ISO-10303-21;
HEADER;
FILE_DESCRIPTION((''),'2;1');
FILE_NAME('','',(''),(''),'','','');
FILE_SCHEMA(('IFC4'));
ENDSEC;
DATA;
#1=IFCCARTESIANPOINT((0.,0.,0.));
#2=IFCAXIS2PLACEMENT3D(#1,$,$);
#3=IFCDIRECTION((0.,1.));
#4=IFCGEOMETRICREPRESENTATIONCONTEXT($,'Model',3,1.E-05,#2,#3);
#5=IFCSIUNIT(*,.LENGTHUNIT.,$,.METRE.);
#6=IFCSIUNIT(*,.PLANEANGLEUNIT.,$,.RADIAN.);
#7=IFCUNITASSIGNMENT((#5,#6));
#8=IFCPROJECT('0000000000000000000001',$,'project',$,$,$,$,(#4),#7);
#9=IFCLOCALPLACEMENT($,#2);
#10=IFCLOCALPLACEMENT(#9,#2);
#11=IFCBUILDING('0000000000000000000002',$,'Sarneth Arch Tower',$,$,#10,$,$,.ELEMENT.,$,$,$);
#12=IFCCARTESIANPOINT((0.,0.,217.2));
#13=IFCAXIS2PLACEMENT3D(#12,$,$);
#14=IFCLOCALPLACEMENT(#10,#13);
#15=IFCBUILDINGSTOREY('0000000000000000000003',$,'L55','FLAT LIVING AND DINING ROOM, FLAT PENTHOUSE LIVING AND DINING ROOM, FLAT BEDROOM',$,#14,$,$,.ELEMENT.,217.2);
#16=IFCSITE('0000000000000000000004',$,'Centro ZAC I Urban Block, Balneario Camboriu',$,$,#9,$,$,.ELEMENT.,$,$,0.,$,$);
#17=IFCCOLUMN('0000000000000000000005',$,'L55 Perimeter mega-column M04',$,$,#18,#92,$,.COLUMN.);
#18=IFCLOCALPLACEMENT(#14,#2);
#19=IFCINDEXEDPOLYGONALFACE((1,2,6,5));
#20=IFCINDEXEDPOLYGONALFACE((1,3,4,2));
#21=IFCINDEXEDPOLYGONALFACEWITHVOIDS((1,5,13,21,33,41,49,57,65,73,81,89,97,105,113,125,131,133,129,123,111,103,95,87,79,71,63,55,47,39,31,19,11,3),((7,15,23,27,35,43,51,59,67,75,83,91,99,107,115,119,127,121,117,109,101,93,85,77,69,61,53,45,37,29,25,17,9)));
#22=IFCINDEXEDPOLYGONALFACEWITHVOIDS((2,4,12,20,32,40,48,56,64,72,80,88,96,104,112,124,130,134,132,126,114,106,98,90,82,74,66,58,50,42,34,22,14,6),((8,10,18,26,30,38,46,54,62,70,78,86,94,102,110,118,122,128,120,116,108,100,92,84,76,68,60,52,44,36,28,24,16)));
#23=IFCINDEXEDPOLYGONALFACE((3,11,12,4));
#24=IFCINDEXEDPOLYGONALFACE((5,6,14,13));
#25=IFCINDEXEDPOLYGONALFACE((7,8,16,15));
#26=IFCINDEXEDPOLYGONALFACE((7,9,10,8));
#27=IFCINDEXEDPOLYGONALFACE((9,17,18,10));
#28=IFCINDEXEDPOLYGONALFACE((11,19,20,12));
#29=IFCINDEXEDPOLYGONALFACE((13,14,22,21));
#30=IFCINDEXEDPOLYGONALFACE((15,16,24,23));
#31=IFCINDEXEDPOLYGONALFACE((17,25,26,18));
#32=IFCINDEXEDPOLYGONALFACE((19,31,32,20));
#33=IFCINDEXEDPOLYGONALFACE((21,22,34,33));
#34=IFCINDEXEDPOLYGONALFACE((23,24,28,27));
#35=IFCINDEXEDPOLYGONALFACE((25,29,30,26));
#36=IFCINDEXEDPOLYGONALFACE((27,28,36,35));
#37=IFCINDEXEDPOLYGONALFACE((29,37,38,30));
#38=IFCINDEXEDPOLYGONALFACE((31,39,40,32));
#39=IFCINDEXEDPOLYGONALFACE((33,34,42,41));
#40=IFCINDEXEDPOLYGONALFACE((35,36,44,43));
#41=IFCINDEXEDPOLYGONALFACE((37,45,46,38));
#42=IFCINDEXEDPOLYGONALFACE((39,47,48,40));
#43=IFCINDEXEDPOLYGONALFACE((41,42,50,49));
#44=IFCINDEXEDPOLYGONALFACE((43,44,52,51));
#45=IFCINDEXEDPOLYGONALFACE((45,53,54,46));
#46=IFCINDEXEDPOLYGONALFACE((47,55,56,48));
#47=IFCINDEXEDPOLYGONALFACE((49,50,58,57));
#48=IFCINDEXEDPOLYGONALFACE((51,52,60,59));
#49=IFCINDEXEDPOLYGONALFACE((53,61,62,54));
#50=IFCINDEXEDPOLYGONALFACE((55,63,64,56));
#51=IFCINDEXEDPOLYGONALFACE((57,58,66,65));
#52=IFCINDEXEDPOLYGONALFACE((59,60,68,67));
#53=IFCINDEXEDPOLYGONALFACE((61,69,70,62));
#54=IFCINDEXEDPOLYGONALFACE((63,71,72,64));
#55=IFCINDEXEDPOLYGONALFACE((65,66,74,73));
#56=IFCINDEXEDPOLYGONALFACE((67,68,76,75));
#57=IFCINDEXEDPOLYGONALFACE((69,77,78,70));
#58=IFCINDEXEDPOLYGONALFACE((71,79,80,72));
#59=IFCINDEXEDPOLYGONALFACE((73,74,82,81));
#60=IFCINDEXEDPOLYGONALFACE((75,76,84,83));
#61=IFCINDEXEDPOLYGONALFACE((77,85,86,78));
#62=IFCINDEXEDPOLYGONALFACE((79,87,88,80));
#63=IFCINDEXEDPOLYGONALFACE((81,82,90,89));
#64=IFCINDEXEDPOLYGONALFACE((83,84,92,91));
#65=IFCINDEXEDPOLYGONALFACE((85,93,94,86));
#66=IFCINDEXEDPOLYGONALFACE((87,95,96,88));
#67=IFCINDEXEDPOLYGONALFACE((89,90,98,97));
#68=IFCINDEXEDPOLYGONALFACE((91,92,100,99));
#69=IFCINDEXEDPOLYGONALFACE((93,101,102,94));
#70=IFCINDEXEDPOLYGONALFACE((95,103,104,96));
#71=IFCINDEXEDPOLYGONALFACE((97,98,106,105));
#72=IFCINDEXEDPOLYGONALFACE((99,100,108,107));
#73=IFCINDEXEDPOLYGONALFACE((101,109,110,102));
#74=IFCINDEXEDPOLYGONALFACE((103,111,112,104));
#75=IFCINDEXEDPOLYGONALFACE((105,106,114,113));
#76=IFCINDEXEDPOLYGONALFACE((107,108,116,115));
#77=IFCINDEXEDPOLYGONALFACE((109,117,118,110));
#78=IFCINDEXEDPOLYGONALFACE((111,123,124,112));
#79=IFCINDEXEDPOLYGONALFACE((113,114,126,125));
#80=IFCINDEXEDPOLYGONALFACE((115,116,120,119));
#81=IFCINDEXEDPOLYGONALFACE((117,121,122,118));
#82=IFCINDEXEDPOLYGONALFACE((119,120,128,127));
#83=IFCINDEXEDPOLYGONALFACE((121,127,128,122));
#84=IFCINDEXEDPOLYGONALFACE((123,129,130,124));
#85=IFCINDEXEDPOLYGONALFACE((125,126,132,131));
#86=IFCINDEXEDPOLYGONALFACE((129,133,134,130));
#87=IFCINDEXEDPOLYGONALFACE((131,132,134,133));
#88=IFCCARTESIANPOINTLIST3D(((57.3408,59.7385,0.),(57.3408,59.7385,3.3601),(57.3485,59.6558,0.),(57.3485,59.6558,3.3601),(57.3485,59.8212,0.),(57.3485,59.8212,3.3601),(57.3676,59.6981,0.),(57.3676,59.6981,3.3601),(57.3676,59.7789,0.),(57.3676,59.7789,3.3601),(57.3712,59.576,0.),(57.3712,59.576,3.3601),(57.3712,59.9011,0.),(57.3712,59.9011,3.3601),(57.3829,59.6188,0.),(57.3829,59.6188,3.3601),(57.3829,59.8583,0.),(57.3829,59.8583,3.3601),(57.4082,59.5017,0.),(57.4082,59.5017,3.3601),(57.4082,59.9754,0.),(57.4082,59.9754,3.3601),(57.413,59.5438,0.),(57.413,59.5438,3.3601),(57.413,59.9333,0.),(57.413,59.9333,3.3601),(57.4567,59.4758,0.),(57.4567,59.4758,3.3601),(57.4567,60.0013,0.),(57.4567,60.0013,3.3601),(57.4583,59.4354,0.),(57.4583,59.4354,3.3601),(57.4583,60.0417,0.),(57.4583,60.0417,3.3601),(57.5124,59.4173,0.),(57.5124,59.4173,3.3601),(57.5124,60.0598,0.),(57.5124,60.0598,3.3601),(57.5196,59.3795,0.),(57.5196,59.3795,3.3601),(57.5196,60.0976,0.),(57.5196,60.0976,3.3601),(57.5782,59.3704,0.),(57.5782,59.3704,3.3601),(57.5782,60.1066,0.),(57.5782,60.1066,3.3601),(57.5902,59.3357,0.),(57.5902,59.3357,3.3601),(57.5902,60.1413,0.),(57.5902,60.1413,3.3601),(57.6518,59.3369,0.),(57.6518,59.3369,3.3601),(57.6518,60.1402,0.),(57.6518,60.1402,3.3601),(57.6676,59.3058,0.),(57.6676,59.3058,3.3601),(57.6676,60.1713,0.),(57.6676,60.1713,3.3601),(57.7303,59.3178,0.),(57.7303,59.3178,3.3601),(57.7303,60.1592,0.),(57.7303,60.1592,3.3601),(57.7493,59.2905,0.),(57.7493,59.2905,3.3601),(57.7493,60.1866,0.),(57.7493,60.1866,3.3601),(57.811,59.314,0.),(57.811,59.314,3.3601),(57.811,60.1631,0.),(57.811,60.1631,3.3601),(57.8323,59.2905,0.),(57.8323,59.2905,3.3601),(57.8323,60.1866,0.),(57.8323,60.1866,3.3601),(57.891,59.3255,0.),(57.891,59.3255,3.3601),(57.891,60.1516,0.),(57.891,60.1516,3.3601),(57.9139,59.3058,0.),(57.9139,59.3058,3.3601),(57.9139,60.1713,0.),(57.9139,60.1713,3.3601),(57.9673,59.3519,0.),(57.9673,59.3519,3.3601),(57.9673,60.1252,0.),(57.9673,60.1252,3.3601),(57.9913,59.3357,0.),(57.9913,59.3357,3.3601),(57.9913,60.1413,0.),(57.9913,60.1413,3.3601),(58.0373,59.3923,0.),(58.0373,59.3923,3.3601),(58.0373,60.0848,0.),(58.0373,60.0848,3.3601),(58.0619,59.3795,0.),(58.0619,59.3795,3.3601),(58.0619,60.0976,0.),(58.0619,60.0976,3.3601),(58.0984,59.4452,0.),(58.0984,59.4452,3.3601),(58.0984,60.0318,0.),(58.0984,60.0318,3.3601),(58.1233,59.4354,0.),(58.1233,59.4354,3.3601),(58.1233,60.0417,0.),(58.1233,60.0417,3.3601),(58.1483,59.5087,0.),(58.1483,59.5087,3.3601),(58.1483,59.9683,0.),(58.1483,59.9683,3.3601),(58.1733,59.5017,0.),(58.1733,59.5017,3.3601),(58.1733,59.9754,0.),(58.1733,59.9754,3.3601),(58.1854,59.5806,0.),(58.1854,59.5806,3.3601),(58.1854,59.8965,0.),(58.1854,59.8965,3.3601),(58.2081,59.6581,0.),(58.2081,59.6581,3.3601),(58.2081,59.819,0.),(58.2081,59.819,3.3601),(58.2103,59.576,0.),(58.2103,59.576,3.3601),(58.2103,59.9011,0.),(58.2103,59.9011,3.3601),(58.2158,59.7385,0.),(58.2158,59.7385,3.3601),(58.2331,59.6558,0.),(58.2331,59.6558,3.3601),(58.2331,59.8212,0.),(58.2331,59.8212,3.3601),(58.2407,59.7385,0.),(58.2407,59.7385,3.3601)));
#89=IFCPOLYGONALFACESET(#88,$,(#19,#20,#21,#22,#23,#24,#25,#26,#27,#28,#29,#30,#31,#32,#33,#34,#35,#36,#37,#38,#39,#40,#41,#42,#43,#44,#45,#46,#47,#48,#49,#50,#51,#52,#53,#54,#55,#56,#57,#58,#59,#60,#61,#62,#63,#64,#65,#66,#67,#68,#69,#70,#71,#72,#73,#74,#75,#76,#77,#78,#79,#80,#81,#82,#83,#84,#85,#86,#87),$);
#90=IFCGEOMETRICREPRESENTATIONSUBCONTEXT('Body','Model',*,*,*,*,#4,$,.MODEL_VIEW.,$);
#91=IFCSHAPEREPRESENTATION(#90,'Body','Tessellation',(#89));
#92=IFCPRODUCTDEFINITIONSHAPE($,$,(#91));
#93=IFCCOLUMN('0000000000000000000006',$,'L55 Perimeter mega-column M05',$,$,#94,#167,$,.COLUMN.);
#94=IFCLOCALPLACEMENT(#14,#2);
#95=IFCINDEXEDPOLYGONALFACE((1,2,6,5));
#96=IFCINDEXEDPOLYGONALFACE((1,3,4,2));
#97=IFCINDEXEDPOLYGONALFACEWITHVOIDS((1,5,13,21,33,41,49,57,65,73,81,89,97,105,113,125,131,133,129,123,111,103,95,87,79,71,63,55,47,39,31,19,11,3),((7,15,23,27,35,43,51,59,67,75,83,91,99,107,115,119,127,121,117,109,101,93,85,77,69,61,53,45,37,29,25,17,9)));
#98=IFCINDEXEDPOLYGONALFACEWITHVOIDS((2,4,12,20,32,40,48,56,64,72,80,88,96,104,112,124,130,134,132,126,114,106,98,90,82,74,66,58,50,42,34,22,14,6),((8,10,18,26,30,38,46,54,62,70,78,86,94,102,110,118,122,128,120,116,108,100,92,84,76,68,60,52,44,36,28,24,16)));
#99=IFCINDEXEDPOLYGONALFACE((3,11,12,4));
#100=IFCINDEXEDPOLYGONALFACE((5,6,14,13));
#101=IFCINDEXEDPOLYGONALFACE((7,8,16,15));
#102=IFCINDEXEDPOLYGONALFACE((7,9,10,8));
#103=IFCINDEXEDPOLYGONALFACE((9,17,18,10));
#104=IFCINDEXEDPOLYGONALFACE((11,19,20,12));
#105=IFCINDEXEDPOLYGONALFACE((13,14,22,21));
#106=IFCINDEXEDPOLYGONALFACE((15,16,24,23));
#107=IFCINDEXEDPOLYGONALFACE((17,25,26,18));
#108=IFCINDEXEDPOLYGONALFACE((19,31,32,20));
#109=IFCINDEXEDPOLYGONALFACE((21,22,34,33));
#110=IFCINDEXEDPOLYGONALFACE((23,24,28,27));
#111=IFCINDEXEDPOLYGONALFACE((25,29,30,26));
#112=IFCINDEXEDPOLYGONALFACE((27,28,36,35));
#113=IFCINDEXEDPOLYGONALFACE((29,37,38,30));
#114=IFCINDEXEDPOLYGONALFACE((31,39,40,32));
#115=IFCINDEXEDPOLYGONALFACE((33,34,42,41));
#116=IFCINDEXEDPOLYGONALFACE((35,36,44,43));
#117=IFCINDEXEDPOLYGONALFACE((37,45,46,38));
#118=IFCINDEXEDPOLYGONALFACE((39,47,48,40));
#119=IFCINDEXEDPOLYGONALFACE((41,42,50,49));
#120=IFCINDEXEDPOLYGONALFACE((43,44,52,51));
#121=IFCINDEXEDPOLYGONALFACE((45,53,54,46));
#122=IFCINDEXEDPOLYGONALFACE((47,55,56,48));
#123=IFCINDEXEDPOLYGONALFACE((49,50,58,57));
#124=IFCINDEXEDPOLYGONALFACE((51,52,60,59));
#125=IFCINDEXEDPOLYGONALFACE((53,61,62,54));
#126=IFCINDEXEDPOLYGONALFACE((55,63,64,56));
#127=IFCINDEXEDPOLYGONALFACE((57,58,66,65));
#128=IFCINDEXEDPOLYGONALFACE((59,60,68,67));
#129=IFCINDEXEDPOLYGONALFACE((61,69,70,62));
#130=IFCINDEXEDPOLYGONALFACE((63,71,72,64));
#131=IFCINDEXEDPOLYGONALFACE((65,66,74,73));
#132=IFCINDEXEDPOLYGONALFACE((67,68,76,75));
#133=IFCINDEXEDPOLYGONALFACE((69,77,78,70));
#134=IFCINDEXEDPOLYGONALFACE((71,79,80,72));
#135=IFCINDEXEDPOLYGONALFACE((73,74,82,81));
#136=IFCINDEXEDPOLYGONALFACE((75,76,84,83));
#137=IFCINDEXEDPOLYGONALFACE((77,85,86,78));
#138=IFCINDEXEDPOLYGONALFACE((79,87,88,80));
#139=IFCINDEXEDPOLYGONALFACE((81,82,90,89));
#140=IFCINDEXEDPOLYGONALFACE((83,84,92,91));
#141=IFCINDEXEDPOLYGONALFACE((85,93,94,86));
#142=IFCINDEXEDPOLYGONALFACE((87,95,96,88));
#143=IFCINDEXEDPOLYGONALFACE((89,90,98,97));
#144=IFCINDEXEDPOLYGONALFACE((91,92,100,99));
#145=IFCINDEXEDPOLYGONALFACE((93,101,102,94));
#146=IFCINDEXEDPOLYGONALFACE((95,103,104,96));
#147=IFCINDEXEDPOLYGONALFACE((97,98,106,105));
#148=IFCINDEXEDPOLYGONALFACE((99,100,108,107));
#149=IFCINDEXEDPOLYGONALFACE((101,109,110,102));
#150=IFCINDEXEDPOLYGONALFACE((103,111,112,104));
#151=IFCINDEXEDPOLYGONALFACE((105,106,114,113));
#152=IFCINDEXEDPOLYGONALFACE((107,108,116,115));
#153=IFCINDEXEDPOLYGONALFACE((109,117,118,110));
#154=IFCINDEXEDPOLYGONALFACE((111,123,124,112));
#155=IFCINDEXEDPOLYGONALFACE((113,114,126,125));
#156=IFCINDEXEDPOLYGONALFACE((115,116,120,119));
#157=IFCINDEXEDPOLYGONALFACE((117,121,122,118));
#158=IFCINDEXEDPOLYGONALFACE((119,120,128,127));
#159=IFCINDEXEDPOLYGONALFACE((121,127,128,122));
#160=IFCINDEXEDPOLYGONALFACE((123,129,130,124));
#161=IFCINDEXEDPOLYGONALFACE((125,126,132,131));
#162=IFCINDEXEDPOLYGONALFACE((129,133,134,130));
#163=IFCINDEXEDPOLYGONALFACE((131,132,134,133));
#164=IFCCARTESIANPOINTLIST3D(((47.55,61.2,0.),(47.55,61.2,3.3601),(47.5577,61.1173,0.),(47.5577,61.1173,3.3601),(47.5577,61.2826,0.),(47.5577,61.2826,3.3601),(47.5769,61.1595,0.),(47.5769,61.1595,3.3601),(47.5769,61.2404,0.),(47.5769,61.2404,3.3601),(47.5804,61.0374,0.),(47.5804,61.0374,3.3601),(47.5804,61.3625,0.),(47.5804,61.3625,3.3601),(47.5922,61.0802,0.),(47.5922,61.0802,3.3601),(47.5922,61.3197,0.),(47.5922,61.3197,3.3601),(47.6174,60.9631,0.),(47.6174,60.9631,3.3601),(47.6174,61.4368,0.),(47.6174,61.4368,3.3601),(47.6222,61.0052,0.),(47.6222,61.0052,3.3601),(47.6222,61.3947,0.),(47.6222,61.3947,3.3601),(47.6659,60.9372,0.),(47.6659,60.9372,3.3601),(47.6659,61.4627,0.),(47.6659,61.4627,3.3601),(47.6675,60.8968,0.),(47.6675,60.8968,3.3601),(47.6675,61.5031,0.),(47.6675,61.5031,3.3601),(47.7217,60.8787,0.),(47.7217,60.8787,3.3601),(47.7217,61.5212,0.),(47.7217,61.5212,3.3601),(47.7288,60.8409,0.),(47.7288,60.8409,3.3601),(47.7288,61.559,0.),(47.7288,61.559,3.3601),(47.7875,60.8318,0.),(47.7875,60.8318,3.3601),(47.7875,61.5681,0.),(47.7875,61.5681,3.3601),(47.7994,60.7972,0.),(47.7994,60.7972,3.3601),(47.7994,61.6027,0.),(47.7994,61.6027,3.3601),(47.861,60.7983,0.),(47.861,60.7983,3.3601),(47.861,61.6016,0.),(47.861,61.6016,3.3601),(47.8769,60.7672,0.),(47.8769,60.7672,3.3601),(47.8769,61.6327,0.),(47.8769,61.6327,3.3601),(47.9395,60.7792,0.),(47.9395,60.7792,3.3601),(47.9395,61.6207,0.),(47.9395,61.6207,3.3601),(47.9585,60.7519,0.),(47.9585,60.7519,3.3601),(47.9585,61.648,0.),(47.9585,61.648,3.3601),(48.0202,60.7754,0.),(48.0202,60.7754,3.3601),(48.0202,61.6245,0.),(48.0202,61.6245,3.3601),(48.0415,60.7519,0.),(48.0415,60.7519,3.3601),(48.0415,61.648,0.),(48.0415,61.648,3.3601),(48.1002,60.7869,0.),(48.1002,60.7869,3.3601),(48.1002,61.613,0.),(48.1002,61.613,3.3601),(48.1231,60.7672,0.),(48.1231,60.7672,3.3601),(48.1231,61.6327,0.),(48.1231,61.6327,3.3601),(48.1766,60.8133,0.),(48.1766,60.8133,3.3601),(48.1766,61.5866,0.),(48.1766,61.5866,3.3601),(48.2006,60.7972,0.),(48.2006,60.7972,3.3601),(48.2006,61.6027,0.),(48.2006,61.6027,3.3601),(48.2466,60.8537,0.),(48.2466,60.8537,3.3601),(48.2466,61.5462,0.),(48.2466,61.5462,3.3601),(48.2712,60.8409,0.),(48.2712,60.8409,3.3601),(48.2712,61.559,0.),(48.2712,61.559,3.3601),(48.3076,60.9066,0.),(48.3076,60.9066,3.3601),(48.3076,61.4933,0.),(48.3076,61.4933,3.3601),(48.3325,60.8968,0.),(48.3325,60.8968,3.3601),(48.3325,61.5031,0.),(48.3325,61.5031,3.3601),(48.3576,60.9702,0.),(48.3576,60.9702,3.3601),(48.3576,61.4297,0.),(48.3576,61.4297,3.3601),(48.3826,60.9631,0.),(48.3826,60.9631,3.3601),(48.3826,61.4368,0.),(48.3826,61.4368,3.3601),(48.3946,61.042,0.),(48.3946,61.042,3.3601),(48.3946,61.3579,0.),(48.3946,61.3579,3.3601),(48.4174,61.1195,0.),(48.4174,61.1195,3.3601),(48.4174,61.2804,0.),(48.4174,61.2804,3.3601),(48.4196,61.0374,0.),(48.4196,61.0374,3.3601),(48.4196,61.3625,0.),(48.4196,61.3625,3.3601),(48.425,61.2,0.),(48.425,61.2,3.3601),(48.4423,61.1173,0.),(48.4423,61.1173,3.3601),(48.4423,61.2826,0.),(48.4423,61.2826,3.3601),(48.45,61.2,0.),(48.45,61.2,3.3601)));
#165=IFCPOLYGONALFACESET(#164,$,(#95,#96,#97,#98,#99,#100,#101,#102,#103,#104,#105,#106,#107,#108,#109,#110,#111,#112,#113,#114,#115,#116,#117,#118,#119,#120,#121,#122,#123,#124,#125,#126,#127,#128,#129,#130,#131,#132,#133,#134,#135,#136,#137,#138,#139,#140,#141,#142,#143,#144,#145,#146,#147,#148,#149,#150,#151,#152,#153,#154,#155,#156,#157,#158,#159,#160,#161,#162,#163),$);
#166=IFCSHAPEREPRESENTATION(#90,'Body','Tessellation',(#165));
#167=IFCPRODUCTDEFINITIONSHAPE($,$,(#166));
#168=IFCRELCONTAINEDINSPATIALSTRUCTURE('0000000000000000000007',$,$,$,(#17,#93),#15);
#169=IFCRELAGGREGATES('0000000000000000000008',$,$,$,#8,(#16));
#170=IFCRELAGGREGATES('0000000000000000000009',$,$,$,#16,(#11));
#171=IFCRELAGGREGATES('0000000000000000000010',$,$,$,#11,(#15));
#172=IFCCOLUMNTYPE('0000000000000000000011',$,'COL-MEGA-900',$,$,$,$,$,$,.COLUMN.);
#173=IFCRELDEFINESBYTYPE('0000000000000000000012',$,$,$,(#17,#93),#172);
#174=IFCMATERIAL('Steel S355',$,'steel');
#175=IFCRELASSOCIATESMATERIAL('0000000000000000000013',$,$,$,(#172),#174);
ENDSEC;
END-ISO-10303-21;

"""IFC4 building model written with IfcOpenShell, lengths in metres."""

from ifc_helpers import new_model, si_unit, direction, frame, origin, origin_2d, place, context, subcontext, project, spatial, hollow_circle, extrude, material, material_profile, profile_set, type_object, element, save


model = new_model("IFC4")

# Units and contexts
model_context = context("Model", 3, precision=1e-05, world=origin(), true_north=direction((0.0, 1.0)))
body_context = subcontext(model_context, "Body", "Model", "MODEL_VIEW")
ifc_project = project(units=[si_unit("LENGTHUNIT", "METRE"), si_unit("PLANEANGLEUNIT", "RADIAN")], contexts=[model_context])

# Site, building, storey
site_placement = place(None, origin())
site = spatial("IfcSite", under=ifc_project, at=site_placement, Name="Centro ZAC I Urban Block, Balneario Camboriu", CompositionType="ELEMENT", RefElevation=0.0)
building_placement = place(site_placement, origin())
building = spatial("IfcBuilding", under=site, at=building_placement, Name="Sarneth Arch Tower", CompositionType="ELEMENT")
storey_placement = place(building_placement, frame((0.0, 0.0, 217.2)))
storey = spatial("IfcBuildingStorey", under=building, at=storey_placement, Name="L55", Description="FLAT LIVING AND DINING ROOM, FLAT PENTHOUSE LIVING AND DINING ROOM, FLAT BEDROOM", CompositionType="ELEMENT", Elevation=217.2)

# Columns
ifc_material_1 = material(Name="Steel S355", Category="steel")
ifc_material_profile_1 = material_profile(ifc_material_1, hollow_circle(Radius=0.45, WallThickness=0.0249, at=origin_2d()), Name="CHS900x25")
ifc_profile_set_1 = profile_set([ifc_material_profile_1], Name="Steel S355")
column_type = type_object("IfcColumnType", Name="COL-MEGA-900", PredefinedType="COLUMN", material=ifc_profile_set_1)
for number, where, z_axis, x_axis, name in (
    (1, (57.7908, 59.7385, 0.0), (0.0, 0.0, 1.0), (1.0, 0.0, 0.0), "L55 Perimeter mega-column M04"),
    (2, (48.0, 61.2, 0.0), (0.0, 0.0, 1.0), (1.0, 0.0, 0.0), "L55 Perimeter mega-column M05"),
):
    element("IfcColumn", number, at=place(storey_placement, frame(where, z_axis=z_axis, x_axis=x_axis)), inside=storey, type_object=column_type, Name=name, PredefinedType="COLUMN", context=body_context, shape_type="SweptSolid", body=[
        extrude(hollow_circle(Radius=0.45, WallThickness=0.0249, at=origin_2d()), origin(), (0.0, 0.0, 1.0), 3.3601),
    ])

save(model, "model.ifc")
